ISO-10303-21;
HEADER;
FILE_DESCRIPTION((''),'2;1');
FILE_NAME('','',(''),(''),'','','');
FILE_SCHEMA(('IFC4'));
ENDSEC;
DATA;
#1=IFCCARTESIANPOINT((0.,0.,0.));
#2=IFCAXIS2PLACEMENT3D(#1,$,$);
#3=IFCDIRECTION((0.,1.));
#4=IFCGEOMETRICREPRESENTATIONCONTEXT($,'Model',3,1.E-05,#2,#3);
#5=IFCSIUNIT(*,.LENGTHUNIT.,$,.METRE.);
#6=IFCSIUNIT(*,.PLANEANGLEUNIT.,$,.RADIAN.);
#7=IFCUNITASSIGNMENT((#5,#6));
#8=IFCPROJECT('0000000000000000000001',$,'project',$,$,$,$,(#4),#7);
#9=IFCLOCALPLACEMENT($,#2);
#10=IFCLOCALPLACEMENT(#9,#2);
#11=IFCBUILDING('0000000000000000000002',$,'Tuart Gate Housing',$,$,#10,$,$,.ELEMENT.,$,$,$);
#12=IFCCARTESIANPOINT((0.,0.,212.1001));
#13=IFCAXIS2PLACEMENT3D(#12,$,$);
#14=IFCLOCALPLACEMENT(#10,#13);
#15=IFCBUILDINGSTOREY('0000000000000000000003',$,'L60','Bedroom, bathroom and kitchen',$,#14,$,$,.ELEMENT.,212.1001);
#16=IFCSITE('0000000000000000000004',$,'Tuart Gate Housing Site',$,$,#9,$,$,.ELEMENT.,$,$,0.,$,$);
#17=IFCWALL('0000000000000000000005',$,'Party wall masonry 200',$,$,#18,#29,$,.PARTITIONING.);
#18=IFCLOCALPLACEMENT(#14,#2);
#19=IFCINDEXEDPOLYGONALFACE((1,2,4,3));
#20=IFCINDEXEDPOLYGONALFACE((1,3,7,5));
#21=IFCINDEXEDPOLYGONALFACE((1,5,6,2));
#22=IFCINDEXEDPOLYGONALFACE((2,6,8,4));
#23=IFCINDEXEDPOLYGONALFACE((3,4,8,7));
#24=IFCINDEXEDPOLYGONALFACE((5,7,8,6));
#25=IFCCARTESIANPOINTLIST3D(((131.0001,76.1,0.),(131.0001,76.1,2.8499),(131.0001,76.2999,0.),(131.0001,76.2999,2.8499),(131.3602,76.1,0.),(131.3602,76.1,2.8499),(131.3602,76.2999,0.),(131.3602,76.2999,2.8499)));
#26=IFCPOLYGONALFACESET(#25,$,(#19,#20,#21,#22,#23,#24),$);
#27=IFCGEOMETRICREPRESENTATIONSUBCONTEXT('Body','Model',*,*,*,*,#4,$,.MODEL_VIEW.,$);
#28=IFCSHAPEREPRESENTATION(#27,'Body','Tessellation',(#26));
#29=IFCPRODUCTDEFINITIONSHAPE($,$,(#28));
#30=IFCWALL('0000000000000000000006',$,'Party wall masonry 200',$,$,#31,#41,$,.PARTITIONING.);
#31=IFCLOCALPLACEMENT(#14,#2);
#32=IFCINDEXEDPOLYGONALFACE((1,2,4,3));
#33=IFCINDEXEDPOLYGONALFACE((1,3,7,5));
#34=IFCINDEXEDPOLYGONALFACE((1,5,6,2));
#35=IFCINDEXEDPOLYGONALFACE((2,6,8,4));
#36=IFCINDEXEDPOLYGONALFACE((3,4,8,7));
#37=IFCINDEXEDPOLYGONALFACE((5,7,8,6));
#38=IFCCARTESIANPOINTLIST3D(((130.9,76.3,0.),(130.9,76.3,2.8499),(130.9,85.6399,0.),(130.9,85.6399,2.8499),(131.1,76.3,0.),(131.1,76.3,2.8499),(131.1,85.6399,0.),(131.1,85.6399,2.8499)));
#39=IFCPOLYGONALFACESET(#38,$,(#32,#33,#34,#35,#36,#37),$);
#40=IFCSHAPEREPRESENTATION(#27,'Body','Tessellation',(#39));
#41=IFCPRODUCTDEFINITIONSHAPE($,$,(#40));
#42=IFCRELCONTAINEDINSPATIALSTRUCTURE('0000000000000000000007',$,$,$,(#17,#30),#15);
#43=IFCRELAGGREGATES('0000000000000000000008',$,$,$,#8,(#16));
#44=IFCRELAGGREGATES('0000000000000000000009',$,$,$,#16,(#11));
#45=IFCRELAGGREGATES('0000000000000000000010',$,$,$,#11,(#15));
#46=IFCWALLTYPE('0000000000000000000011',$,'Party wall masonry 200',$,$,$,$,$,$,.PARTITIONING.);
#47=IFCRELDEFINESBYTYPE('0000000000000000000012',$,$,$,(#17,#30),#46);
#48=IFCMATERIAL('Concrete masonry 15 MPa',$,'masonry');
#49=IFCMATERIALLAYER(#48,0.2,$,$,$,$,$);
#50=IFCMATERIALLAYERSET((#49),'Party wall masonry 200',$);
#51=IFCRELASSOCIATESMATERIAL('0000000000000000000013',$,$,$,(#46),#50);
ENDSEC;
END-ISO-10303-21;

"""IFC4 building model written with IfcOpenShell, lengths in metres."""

from ifc_helpers import new_model, si_unit, direction, frame, frame_2d, origin, place, context, subcontext, project, spatial, rectangle, extrude, material, layer, layer_set, type_object, element, save


model = new_model("IFC4")

# Units and contexts
model_context = context("Model", 3, precision=1e-05, world=origin(), true_north=direction((0.0, 1.0)))
body_context = subcontext(model_context, "Body", "Model", "MODEL_VIEW")
ifc_project = project(units=[si_unit("LENGTHUNIT", "METRE"), si_unit("PLANEANGLEUNIT", "RADIAN")], contexts=[model_context])

# Site, building, storey
site_placement = place(None, origin())
site = spatial("IfcSite", under=ifc_project, at=site_placement, Name="Tuart Gate Housing Site", CompositionType="ELEMENT", RefElevation=0.0)
building_placement = place(site_placement, origin())
building = spatial("IfcBuilding", under=site, at=building_placement, Name="Tuart Gate Housing", CompositionType="ELEMENT")
storey_placement = place(building_placement, frame((0.0, 0.0, 212.1001)))
storey = spatial("IfcBuildingStorey", under=building, at=storey_placement, Name="L60", Description="Bedroom, bathroom and kitchen", CompositionType="ELEMENT", Elevation=212.1001)

# Walls
ifc_material = material(Name="Concrete masonry 15 MPa", Category="masonry")
ifc_layer = layer(ifc_material, 0.2)
ifc_layer_set = layer_set([ifc_layer], Name="Party wall masonry 200")
wall_type = type_object("IfcWallType", Name="Party wall masonry 200", PredefinedType="PARTITIONING", material=ifc_layer_set)
wall_1_placement = place(storey_placement, frame((131.0, 76.2, 0.0), z_axis=(0.0, 0.0, 1.0), x_axis=(1.0, 0.0, 0.0)))
element("IfcWall", 1, at=wall_1_placement, inside=storey, type_object=wall_type, Name="Party wall masonry 200", PredefinedType="PARTITIONING", context=body_context, shape_type="SweptSolid", body=[
    extrude(rectangle(XDim=0.3601, YDim=0.2, at=frame_2d((0.1802, 0.0))), origin(), (0.0, 0.0, 1.0), 2.8499),
])
wall_2_placement = place(storey_placement, frame((131.0, 76.3, 0.0), z_axis=(0.0, 0.0, 1.0), x_axis=(0.0, 1.0, 0.0)))
element("IfcWall", 2, at=wall_2_placement, inside=storey, type_object=wall_type, Name="Party wall masonry 200", PredefinedType="PARTITIONING", context=body_context, shape_type="SweptSolid", body=[
    extrude(rectangle(XDim=9.3398, YDim=0.2, at=frame_2d((4.6699, 0.0))), origin(), (0.0, 0.0, 1.0), 2.8499),
])

save(model, "model.ifc")
